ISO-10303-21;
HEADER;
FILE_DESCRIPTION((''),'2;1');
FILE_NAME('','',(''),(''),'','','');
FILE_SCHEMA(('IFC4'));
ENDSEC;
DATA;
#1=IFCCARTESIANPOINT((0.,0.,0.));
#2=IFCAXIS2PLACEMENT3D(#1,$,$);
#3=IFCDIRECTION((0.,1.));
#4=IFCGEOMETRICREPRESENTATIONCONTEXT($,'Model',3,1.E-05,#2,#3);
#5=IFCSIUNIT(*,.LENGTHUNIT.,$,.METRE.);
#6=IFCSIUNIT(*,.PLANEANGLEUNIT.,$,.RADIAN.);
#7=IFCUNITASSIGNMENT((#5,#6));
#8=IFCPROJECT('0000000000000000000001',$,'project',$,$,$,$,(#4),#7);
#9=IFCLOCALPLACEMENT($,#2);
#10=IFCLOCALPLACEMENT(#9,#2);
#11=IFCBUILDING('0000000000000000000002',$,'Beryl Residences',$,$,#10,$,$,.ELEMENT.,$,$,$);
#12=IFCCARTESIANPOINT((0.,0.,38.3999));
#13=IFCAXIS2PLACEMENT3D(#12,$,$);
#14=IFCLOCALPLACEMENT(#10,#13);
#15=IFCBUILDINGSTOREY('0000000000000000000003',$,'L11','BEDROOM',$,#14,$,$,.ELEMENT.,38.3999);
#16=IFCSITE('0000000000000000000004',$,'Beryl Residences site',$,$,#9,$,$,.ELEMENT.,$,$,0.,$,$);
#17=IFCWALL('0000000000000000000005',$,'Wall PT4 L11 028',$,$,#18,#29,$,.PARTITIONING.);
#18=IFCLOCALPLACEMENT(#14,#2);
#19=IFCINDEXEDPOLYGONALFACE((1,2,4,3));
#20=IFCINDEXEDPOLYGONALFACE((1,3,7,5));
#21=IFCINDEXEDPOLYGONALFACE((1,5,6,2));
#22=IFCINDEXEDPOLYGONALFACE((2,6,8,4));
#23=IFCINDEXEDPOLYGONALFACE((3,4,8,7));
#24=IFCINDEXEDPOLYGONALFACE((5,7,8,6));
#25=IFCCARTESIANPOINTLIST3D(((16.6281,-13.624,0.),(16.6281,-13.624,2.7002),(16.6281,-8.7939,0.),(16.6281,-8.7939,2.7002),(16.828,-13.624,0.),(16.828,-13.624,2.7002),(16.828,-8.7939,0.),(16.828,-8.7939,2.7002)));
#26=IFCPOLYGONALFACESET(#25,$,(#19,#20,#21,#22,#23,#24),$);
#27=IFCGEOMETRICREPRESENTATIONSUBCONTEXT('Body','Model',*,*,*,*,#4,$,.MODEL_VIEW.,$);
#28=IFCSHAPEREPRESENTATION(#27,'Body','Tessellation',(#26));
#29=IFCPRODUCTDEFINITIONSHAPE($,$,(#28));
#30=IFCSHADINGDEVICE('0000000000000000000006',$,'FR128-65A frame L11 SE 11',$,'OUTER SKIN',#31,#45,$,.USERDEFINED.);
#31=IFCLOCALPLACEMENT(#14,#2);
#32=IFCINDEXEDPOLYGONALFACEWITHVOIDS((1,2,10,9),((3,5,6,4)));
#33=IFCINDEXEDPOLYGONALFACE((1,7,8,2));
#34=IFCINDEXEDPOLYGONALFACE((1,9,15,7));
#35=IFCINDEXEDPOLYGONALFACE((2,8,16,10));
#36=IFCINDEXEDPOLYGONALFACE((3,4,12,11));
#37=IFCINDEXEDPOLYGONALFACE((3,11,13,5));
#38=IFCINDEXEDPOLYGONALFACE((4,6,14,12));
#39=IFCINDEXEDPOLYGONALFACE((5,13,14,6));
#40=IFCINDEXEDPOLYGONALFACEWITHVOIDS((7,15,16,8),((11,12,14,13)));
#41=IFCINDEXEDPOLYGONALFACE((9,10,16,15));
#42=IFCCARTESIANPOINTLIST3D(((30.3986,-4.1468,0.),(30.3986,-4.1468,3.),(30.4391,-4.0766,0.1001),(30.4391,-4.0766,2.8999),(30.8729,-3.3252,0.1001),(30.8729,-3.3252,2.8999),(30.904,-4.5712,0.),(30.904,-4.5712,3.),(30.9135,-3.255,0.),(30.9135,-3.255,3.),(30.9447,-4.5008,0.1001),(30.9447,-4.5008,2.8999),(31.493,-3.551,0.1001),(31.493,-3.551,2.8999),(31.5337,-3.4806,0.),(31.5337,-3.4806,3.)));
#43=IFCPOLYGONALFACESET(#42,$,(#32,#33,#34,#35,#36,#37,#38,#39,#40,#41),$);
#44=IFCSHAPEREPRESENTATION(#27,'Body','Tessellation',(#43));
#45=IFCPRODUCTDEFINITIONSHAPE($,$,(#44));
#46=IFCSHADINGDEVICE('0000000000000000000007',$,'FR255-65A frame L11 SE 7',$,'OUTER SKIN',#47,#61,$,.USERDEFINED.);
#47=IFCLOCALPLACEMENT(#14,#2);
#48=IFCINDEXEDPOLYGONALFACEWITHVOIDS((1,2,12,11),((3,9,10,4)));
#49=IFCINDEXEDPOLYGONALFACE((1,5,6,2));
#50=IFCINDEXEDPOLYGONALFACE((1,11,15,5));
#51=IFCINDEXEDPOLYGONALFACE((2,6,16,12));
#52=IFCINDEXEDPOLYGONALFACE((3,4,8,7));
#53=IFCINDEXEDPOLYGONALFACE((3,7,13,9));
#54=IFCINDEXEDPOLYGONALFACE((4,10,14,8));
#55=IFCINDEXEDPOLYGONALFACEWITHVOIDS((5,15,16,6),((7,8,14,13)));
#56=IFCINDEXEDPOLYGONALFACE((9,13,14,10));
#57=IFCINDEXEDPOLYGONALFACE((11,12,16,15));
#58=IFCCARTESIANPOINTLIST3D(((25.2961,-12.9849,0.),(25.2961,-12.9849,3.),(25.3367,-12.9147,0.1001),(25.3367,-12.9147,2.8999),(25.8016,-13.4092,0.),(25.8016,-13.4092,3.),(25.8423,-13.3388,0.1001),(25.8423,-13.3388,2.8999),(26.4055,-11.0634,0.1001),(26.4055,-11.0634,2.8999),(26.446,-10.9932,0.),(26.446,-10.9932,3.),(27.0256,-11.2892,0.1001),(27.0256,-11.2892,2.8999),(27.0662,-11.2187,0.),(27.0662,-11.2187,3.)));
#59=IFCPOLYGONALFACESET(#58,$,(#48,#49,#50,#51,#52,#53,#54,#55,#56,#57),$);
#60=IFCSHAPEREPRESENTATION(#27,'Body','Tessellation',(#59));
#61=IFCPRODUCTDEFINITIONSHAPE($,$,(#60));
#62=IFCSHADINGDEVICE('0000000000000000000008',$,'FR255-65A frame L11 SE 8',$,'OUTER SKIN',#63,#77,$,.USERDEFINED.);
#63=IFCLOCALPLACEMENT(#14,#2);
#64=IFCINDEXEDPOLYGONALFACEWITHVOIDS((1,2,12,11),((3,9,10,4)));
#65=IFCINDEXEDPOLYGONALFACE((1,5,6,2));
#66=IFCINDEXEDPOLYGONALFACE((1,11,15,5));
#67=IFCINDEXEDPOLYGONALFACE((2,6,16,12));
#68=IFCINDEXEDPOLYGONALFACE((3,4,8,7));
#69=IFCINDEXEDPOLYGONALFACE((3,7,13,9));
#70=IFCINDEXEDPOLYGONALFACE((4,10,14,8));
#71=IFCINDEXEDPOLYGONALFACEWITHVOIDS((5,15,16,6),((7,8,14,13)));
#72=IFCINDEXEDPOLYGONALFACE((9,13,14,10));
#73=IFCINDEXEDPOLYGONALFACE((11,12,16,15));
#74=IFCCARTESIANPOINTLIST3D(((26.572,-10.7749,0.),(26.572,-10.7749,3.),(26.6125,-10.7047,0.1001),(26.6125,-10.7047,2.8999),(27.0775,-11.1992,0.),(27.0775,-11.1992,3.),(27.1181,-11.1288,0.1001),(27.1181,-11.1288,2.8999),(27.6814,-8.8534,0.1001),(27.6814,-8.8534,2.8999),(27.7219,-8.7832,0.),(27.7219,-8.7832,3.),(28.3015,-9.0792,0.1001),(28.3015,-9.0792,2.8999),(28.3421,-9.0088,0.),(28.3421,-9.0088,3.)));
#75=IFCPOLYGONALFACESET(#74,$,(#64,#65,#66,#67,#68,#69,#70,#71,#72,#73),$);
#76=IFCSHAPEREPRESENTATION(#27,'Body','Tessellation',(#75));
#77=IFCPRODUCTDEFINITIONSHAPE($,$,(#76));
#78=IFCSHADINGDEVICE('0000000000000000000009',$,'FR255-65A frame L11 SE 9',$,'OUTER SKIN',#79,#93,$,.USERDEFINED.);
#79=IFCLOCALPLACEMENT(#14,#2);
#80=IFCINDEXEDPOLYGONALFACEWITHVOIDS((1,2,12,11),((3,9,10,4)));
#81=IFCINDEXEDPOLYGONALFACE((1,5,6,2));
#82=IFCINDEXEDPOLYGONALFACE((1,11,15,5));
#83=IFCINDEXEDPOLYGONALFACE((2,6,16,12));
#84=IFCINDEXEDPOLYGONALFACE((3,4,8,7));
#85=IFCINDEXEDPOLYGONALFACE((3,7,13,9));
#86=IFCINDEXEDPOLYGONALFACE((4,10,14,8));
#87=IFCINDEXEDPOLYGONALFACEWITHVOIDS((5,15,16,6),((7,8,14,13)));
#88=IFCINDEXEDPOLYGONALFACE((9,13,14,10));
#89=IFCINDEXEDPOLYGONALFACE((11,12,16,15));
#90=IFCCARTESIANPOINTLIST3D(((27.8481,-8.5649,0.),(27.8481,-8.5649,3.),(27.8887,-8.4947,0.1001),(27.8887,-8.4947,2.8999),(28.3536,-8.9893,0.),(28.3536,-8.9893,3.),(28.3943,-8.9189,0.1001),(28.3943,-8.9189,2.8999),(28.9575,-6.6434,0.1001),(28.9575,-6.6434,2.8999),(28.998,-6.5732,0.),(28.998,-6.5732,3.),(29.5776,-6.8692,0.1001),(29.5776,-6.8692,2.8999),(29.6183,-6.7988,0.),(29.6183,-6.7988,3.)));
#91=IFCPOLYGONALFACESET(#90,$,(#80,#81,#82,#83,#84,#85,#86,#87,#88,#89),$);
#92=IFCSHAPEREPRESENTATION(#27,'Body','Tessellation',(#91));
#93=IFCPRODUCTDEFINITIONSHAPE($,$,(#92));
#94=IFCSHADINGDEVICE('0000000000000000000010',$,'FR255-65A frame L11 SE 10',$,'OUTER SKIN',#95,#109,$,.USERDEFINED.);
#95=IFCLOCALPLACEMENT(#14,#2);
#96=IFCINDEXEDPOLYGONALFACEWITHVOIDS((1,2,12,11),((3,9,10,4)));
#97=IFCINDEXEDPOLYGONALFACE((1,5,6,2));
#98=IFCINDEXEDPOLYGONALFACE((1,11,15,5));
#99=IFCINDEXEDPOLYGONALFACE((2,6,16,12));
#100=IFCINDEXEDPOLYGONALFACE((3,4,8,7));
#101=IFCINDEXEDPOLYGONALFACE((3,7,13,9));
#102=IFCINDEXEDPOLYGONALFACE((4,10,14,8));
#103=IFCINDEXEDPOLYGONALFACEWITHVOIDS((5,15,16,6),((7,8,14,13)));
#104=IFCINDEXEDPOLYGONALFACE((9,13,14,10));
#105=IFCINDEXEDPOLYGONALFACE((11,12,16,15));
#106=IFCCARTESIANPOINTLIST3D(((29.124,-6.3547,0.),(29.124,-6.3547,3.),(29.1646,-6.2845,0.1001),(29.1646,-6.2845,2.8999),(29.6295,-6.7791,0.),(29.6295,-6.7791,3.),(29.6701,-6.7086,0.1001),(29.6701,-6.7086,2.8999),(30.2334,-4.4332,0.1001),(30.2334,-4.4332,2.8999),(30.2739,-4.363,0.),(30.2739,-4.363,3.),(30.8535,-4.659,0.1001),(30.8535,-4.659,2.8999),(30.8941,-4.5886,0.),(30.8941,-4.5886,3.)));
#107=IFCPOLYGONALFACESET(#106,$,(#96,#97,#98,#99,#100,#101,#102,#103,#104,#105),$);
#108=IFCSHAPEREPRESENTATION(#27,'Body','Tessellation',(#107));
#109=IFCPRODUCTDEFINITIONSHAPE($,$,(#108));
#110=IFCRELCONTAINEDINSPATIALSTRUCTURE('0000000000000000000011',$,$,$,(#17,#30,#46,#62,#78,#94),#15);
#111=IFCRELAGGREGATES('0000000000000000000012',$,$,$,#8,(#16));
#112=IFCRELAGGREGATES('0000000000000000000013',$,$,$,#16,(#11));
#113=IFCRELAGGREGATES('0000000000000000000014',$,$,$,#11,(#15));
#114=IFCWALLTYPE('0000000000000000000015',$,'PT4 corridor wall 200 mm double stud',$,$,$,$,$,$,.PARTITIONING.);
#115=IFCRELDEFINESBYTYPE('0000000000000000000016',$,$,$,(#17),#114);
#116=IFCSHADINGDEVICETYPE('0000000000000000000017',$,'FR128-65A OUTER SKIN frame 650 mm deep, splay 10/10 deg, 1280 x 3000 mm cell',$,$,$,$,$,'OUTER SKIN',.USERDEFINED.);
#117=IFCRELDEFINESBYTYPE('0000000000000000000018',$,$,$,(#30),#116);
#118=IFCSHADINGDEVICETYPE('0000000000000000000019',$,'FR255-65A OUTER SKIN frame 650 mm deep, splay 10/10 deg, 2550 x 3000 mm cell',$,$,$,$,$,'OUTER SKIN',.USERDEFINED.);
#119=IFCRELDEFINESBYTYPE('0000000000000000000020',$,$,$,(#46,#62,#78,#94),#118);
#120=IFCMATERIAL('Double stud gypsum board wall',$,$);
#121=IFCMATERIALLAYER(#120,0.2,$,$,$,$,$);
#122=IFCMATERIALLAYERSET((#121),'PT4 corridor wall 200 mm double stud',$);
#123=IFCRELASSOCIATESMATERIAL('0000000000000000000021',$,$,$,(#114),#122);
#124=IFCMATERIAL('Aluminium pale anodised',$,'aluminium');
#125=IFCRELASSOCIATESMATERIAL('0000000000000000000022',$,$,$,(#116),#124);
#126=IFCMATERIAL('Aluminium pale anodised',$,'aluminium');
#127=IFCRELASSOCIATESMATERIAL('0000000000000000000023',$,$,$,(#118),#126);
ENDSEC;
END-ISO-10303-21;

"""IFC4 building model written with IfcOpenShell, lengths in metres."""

from ifc_helpers import new_model, entity, si_unit, direction, frame, frame_2d, origin, place, context, subcontext, project, spatial, rectangle, extrude, source, transform, mapped, material, layer, layer_set, type_object, type_shapes, element, save


model = new_model("IFC4")

# Units and contexts
model_context = context("Model", 3, precision=1e-05, world=origin(), true_north=direction((0.0, 1.0)))
body_context = subcontext(model_context, "Body", "Model", "MODEL_VIEW")
ifc_project = project(units=[si_unit("LENGTHUNIT", "METRE"), si_unit("PLANEANGLEUNIT", "RADIAN")], contexts=[model_context])

# Site, building, storey
site_placement = place(None, origin())
site = spatial("IfcSite", under=ifc_project, at=site_placement, Name="Beryl Residences site", CompositionType="ELEMENT", RefElevation=0.0)
building_placement = place(site_placement, origin())
building = spatial("IfcBuilding", under=site, at=building_placement, Name="Beryl Residences", CompositionType="ELEMENT")
storey_placement = place(building_placement, frame((0.0, 0.0, 38.3999)))
storey = spatial("IfcBuildingStorey", under=building, at=storey_placement, Name="L11", Description="BEDROOM", CompositionType="ELEMENT", Elevation=38.3999)

# Shared definitions
ifc_material_1 = material(Name="Double stud gypsum board wall")
ifc_layer_1 = layer(ifc_material_1, 0.2)
ifc_layer_set_1 = layer_set([ifc_layer_1], Name="PT4 corridor wall 200 mm double stud")
wall_type_1 = type_object("IfcWallType", Name="PT4 corridor wall 200 mm double stud", PredefinedType="PARTITIONING", material=ifc_layer_set_1)

# Wall
wall_1_placement = place(storey_placement, frame((16.728, -13.624, 0.0), z_axis=(0.0, 0.0, 1.0), x_axis=(0.0, 1.0, 0.0)))
element("IfcWall", 1, at=wall_1_placement, inside=storey, type_object=wall_type_1, Name="Wall PT4 L11 028", PredefinedType="PARTITIONING", context=body_context, shape_type="SweptSolid", body=[
    extrude(rectangle(XDim=4.8301, YDim=0.2, at=frame_2d((2.415, 0.0))), origin(), (0.0, 0.0, 1.0), 2.7002),
])

# Shading devices
ifc_material_2 = material(Name="Aluminium pale anodised", Category="aluminium")
shading_device_type_1 = type_object("IfcShadingDeviceType", Name="FR128-65A OUTER SKIN frame 650 mm deep, splay 10/10 deg, 1280 x 3000 mm cell", ElementType="OUTER SKIN", PredefinedType="USERDEFINED", material=ifc_material_2)
cartesian_point_1 = entity("IfcCartesianPoint", [-0.5149, 0.0])
cartesian_point_2 = entity("IfcCartesianPoint", [-0.4338, 0.1001])
cartesian_point_3 = entity("IfcCartesianPoint", [-0.6296, 0.0])
cartesian_point_4 = entity("IfcCartesianPoint", [-0.5483, 0.1001])
shared_shape_1 = source(origin(), body_context, "Body", "SweptSolid", [
    entity("IfcExtrudedAreaSolidTapered", entity("IfcArbitraryProfileDefWithVoids", "AREA", None, entity("IfcPolyline", [cartesian_point_1, entity("IfcCartesianPoint", [0.5149, 0.0]), entity("IfcCartesianPoint", [0.5149, 3.0]), entity("IfcCartesianPoint", [-0.5149, 3.0]), cartesian_point_1]), [entity("IfcPolyline", [cartesian_point_2, entity("IfcCartesianPoint", [0.4338, 0.1001]), entity("IfcCartesianPoint", [0.4338, 2.8999]), entity("IfcCartesianPoint", [-0.4338, 2.8999]), cartesian_point_2])]), entity("IfcAxis2Placement3D", entity("IfcCartesianPoint", [0.0, 0.0, 0.0]), entity("IfcDirection", [0.0, 1.0, 0.0]), entity("IfcDirection", [-1.0, 0.0, 0.0])), entity("IfcDirection", [0.0, 0.0, 1.0]), 0.6499, entity("IfcArbitraryProfileDefWithVoids", "AREA", None, entity("IfcPolyline", [cartesian_point_3, entity("IfcCartesianPoint", [0.6296, 0.0]), entity("IfcCartesianPoint", [0.6296, 3.0]), entity("IfcCartesianPoint", [-0.6296, 3.0]), cartesian_point_3]), [entity("IfcPolyline", [cartesian_point_4, entity("IfcCartesianPoint", [0.5483, 0.1001]), entity("IfcCartesianPoint", [0.5483, 2.8999]), entity("IfcCartesianPoint", [-0.5483, 2.8999]), cartesian_point_4])])),
])
type_shapes(shading_device_type_1, [shared_shape_1])
shading_device_placement = place(storey_placement, frame((30.656, -3.7009, 0.0), z_axis=(0.0, 0.0, 1.0), x_axis=(-0.5, -0.866025, 0.0)))
element("IfcShadingDevice", 2, at=shading_device_placement, inside=storey, type_object=shading_device_type_1, Name="FR128-65A frame L11 SE 11", ObjectType="OUTER SKIN", PredefinedType="USERDEFINED", context=body_context, shape_type="MappedRepresentation", body=[
    mapped(shared_shape_1, transform((0.0, 0.0, 0.0))),
])
ifc_material_3 = material(Name="Aluminium pale anodised", Category="aluminium")
shading_device_type_2 = type_object("IfcShadingDeviceType", Name="FR255-65A OUTER SKIN frame 650 mm deep, splay 10/10 deg, 2550 x 3000 mm cell", ElementType="OUTER SKIN", PredefinedType="USERDEFINED", material=ifc_material_3)
cartesian_point_5 = entity("IfcCartesianPoint", [-1.1499, 0.0])
cartesian_point_6 = entity("IfcCartesianPoint", [-1.0688, 0.1001])
cartesian_point_7 = entity("IfcCartesianPoint", [-1.2646, 0.0])
cartesian_point_8 = entity("IfcCartesianPoint", [-1.1833, 0.1001])
shared_shape_2 = source(origin(), body_context, "Body", "SweptSolid", [
    entity("IfcExtrudedAreaSolidTapered", entity("IfcArbitraryProfileDefWithVoids", "AREA", None, entity("IfcPolyline", [cartesian_point_5, entity("IfcCartesianPoint", [1.1499, 0.0]), entity("IfcCartesianPoint", [1.1499, 3.0]), entity("IfcCartesianPoint", [-1.1499, 3.0]), cartesian_point_5]), [entity("IfcPolyline", [cartesian_point_6, entity("IfcCartesianPoint", [1.0688, 0.1001]), entity("IfcCartesianPoint", [1.0688, 2.8999]), entity("IfcCartesianPoint", [-1.0688, 2.8999]), cartesian_point_6])]), entity("IfcAxis2Placement3D", entity("IfcCartesianPoint", [0.0, 0.0, 0.0]), entity("IfcDirection", [0.0, 1.0, 0.0]), entity("IfcDirection", [-1.0, 0.0, 0.0])), entity("IfcDirection", [0.0, 0.0, 1.0]), 0.6499, entity("IfcArbitraryProfileDefWithVoids", "AREA", None, entity("IfcPolyline", [cartesian_point_7, entity("IfcCartesianPoint", [1.2646, 0.0]), entity("IfcCartesianPoint", [1.2646, 3.0]), entity("IfcCartesianPoint", [-1.2646, 3.0]), cartesian_point_7]), [entity("IfcPolyline", [cartesian_point_8, entity("IfcCartesianPoint", [1.1833, 0.1001]), entity("IfcCartesianPoint", [1.1833, 2.8999]), entity("IfcCartesianPoint", [-1.1833, 2.8999]), cartesian_point_8])])),
])
type_shapes(shading_device_type_2, [shared_shape_2])
for number, where, z_axis, x_axis, name in (
    (3, (25.8711, -11.989, 0.0), (0.0, 0.0, 1.0), (-0.5, -0.866025, 0.0), "FR255-65A frame L11 SE 7"),
    (4, (27.147, -9.7791, 0.0), (0.0, 0.0, 1.0), (-0.5, -0.866025, 0.0), "FR255-65A frame L11 SE 8"),
    (5, (28.4231, -7.5691, 0.0), (0.0, 0.0, 1.0), (-0.5, -0.866025, 0.0), "FR255-65A frame L11 SE 9"),
    (6, (29.699, -5.3589, 0.0), (0.0, 0.0, 1.0), (-0.5, -0.866025, 0.0), "FR255-65A frame L11 SE 10"),
):
    element("IfcShadingDevice", number, at=place(storey_placement, frame(where, z_axis=z_axis, x_axis=x_axis)), inside=storey, type_object=shading_device_type_2, Name=name, ObjectType="OUTER SKIN", PredefinedType="USERDEFINED", context=body_context, shape_type="MappedRepresentation", body=[
        mapped(shared_shape_2, transform((0.0, 0.0, 0.0))),
    ])

save(model, "model.ifc")
